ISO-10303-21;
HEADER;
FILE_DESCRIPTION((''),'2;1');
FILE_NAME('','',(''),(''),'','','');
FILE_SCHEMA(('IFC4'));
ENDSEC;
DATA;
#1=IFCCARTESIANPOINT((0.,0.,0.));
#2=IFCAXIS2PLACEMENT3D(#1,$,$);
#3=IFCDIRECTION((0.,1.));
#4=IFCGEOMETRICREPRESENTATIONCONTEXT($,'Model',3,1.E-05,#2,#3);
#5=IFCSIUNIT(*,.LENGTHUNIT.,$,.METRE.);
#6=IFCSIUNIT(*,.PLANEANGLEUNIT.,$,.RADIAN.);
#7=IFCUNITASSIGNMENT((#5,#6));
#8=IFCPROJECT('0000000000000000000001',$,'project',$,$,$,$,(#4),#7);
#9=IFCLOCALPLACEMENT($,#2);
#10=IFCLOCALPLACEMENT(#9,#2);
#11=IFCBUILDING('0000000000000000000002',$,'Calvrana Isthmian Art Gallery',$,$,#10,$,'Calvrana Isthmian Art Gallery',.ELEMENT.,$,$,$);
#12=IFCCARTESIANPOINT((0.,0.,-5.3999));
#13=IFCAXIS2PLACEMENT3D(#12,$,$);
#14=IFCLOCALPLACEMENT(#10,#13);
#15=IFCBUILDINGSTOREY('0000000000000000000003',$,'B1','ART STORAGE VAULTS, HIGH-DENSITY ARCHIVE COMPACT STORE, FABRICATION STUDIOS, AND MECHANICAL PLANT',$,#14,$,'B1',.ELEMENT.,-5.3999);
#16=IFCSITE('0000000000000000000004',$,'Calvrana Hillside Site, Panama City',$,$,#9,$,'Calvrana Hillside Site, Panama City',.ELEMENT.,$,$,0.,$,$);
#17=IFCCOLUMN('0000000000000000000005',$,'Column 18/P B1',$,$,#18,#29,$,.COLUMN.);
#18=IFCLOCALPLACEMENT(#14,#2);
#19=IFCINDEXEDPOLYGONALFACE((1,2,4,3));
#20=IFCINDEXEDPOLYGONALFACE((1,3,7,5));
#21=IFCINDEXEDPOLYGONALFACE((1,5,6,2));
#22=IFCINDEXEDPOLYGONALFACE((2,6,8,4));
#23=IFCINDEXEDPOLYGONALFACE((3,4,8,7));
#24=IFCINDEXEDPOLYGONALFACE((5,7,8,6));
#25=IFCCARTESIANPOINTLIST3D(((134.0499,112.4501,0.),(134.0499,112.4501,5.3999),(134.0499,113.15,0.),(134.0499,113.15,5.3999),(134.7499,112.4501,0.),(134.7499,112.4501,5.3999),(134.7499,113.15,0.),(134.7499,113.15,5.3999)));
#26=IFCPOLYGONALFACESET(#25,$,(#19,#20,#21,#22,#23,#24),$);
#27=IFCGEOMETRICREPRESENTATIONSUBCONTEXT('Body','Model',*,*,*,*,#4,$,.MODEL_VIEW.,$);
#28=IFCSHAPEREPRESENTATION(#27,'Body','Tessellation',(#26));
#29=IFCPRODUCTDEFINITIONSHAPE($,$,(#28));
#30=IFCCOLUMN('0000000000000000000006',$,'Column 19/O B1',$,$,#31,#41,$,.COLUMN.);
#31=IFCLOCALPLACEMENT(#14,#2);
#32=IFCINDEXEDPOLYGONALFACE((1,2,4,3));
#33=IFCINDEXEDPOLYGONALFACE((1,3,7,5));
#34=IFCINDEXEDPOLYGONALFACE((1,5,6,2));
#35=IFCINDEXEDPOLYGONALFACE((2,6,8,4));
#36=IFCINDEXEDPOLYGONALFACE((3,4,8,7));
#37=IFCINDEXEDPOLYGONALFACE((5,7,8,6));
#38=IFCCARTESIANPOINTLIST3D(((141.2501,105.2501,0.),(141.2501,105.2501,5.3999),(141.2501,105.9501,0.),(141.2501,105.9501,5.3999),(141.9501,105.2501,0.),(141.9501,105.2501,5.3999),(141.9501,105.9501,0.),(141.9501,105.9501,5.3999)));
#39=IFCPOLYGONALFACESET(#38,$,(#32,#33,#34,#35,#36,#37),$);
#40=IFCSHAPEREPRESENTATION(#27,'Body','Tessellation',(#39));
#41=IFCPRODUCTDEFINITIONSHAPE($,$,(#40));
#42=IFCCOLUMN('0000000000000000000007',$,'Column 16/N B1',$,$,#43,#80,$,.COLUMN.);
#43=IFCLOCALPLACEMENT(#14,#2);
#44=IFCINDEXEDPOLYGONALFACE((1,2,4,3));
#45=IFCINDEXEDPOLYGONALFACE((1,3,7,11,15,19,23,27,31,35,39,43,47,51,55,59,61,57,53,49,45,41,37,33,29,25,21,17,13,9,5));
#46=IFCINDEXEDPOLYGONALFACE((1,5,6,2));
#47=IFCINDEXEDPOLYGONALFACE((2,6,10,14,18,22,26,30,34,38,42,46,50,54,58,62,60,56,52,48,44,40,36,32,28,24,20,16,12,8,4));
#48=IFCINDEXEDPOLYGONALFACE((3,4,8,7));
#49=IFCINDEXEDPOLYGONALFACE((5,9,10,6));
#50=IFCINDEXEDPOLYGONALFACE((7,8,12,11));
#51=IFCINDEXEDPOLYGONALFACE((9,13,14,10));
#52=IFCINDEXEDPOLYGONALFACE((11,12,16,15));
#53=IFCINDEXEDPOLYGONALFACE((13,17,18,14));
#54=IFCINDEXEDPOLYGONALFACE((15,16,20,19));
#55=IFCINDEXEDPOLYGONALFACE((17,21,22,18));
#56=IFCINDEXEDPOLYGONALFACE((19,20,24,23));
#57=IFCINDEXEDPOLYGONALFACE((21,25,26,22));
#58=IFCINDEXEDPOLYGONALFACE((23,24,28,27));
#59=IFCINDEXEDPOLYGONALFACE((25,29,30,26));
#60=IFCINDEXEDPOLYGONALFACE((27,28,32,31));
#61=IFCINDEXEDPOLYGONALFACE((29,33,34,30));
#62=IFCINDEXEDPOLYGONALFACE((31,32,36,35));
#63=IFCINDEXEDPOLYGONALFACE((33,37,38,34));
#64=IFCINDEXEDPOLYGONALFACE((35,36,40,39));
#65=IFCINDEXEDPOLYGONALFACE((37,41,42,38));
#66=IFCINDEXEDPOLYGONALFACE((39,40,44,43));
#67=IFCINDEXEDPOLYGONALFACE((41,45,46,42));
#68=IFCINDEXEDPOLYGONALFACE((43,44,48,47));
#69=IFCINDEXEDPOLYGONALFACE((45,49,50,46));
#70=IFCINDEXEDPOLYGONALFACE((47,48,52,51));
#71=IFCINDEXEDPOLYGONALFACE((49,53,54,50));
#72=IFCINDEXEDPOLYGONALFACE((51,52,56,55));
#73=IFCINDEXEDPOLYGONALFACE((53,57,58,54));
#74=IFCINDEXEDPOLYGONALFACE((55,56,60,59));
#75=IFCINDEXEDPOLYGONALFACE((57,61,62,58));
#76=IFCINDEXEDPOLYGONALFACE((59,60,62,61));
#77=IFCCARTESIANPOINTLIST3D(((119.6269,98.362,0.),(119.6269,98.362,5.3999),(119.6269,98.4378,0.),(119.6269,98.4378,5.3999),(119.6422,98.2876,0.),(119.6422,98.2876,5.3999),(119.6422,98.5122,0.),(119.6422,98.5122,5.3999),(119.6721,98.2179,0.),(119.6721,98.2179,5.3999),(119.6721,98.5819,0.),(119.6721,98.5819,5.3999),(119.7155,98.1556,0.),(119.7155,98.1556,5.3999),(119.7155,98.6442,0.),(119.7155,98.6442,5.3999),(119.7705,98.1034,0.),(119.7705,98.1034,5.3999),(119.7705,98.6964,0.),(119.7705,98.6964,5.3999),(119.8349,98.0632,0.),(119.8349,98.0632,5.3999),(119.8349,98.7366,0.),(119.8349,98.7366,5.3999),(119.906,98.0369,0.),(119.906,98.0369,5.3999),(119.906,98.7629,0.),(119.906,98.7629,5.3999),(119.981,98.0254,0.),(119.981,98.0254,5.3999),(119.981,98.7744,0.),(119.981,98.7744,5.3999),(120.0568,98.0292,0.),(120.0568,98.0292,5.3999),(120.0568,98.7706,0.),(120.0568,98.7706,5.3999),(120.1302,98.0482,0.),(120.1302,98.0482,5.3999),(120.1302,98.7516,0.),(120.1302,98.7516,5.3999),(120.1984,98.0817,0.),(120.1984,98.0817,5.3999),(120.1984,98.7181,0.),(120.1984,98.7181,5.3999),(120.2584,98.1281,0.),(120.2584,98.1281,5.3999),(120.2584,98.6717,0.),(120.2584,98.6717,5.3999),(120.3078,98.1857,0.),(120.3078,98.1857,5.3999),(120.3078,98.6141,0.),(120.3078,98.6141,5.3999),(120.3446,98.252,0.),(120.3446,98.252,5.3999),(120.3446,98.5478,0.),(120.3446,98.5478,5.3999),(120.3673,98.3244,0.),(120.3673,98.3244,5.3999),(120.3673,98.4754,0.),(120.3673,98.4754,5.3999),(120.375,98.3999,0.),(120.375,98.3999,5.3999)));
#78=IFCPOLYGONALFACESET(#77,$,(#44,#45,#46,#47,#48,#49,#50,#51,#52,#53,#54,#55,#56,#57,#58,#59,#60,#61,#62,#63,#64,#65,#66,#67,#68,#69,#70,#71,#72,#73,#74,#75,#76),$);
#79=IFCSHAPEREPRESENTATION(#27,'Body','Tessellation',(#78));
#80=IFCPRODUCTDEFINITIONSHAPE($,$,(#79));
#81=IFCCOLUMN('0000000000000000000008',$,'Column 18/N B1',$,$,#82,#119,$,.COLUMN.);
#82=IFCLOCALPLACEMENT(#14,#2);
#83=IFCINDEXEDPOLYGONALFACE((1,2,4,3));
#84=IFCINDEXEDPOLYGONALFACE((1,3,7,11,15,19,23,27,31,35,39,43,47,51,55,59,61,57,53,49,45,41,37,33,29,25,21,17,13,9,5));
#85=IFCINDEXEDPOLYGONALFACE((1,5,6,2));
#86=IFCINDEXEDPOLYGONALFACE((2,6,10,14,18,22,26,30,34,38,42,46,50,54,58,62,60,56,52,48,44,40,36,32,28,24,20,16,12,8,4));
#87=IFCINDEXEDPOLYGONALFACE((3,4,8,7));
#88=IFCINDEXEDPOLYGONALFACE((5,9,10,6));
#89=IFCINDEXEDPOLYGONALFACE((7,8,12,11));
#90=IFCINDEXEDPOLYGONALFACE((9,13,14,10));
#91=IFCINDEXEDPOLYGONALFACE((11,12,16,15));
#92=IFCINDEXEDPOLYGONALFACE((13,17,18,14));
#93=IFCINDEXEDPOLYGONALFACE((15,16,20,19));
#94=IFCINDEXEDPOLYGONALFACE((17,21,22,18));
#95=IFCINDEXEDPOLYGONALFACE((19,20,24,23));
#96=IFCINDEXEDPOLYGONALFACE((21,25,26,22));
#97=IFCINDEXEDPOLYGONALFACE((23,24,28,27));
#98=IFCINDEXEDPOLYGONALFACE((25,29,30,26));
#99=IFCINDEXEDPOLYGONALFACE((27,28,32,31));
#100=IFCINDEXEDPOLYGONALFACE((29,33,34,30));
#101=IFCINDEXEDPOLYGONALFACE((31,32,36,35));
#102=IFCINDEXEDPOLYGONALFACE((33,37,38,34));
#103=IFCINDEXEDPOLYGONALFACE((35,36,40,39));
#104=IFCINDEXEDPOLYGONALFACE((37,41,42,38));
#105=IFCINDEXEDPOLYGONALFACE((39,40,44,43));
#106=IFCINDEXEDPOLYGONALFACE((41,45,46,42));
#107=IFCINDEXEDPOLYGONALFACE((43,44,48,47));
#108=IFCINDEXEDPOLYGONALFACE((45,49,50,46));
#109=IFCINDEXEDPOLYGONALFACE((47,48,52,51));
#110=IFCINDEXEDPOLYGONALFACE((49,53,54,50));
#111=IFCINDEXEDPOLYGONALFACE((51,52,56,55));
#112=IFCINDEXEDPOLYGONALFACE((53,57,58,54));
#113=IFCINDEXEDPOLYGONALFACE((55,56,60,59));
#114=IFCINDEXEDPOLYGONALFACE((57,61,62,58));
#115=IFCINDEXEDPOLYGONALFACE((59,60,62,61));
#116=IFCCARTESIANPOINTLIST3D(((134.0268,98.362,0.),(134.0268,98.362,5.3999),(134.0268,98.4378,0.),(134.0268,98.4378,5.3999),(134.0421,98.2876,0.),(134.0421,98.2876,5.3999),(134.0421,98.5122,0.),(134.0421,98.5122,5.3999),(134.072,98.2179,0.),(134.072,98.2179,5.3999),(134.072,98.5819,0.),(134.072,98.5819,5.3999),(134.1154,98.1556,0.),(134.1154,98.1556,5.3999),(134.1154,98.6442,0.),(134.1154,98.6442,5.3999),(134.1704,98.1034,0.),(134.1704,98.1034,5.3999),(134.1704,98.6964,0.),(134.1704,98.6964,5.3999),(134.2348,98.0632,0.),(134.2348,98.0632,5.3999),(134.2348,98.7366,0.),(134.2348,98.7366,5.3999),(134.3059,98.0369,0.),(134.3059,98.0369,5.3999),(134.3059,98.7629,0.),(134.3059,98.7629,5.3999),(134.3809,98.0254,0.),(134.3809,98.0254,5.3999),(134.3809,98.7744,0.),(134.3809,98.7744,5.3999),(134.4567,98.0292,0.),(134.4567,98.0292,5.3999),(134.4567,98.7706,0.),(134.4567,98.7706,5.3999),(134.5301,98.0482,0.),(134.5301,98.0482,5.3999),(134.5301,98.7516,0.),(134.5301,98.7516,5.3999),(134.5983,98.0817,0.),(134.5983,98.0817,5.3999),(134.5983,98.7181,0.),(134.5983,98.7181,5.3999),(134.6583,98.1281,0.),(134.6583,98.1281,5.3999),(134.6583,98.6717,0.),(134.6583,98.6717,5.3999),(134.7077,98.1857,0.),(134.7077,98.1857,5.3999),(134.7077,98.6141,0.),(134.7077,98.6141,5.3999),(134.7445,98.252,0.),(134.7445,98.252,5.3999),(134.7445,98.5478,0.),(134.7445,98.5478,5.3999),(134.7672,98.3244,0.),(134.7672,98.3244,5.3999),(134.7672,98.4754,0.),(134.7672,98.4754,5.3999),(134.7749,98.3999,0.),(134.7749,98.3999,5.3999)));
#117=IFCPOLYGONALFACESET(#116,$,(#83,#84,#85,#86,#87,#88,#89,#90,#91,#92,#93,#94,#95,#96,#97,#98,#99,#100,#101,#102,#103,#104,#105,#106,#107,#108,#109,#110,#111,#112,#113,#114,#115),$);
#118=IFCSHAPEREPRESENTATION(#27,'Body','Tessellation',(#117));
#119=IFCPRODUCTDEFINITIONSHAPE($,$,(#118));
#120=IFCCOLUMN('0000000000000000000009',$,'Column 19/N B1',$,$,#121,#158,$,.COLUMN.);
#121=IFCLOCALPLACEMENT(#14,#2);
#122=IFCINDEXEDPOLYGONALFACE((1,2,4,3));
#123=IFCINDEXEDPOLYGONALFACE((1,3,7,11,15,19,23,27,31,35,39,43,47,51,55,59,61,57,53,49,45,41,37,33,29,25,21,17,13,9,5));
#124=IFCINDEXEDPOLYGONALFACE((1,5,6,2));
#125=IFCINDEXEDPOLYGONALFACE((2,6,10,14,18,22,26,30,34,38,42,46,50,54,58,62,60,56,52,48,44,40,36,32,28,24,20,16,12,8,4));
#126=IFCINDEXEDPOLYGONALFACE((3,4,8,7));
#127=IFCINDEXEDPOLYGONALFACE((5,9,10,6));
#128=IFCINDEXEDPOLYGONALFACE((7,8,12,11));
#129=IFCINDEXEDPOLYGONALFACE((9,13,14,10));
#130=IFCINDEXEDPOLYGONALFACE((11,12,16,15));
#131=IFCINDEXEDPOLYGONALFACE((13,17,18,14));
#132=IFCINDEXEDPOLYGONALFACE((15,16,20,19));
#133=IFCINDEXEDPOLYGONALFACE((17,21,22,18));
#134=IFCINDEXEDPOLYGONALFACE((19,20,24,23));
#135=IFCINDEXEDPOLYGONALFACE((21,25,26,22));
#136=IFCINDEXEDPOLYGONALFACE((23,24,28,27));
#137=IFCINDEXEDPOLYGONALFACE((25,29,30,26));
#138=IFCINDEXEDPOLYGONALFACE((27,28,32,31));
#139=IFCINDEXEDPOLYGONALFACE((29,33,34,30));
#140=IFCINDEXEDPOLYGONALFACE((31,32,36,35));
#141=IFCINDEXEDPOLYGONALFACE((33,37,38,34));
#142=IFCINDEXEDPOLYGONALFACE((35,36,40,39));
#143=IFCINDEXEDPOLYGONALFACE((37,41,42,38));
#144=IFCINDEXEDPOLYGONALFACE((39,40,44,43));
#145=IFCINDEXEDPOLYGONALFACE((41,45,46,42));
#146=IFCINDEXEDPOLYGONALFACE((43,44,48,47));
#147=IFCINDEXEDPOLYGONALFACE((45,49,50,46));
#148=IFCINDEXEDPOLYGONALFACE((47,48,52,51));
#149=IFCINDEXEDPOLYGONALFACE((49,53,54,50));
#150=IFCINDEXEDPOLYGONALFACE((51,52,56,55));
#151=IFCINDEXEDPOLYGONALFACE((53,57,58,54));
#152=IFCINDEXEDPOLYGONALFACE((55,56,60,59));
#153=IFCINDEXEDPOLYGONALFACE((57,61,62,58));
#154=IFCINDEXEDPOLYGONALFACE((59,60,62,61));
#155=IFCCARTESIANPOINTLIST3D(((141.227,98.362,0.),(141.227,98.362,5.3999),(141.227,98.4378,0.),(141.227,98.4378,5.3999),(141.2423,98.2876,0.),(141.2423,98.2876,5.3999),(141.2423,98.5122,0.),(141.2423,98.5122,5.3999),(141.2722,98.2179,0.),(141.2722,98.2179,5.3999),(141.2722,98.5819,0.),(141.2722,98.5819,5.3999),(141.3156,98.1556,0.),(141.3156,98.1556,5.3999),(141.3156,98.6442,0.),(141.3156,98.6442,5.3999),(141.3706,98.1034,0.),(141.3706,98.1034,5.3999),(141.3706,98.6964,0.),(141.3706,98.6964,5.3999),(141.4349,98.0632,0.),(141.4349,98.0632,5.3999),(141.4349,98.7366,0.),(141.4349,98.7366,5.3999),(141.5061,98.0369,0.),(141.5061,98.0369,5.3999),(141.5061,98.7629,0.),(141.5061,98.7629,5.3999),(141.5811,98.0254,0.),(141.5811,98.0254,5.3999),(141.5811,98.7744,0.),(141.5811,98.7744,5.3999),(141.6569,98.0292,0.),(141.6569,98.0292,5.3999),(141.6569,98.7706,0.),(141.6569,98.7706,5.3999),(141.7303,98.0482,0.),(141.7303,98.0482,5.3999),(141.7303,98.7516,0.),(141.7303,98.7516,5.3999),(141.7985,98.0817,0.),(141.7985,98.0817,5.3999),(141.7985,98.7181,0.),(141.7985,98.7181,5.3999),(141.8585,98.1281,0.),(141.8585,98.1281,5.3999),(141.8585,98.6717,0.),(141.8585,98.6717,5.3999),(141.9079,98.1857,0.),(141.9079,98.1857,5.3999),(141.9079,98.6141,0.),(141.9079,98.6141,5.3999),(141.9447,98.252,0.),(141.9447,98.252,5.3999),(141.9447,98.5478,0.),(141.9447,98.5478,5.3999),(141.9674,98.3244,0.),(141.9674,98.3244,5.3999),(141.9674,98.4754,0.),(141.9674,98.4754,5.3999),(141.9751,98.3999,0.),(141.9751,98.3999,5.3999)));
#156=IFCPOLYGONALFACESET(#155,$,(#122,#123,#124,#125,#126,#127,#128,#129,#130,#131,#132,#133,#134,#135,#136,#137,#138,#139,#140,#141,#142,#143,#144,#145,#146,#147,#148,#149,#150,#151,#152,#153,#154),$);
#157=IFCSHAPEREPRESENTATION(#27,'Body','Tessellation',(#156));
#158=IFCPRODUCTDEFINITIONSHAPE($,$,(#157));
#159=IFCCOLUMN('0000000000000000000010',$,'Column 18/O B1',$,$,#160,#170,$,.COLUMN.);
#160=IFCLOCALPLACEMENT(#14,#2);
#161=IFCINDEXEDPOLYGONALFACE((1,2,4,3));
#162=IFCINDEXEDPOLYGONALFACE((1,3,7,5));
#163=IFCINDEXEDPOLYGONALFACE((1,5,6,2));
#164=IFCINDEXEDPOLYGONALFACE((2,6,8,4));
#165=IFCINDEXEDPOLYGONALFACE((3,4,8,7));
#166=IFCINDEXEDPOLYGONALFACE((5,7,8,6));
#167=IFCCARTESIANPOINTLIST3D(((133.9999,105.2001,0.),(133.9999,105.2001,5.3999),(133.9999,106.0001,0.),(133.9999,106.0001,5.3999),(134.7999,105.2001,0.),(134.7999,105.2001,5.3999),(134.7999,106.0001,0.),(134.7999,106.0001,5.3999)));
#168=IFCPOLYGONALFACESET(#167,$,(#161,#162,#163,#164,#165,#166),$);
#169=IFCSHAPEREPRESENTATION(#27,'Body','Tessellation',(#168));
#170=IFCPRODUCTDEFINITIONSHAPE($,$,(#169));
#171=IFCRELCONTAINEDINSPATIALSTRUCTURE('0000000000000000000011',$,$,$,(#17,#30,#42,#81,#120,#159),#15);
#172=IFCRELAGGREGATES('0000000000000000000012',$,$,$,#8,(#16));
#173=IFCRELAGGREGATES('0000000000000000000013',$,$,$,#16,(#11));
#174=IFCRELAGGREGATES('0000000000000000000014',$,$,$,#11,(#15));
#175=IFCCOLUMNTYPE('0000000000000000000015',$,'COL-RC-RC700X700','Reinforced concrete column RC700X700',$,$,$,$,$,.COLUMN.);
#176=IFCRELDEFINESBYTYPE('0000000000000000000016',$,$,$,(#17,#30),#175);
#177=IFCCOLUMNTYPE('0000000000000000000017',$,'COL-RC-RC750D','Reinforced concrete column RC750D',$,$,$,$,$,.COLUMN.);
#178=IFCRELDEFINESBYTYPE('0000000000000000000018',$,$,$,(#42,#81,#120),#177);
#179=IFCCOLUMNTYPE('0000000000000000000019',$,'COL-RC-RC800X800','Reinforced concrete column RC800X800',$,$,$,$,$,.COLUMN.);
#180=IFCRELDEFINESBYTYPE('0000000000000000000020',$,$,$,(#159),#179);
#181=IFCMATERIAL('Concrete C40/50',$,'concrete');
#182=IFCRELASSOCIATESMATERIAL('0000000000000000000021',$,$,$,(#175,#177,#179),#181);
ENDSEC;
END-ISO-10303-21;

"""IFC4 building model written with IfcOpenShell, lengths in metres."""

from ifc_helpers import new_model, si_unit, direction, frame, origin, origin_2d, place, context, subcontext, project, spatial, rectangle, circle, extrude, material, material_profile, profile_set, type_object, element, save


model = new_model("IFC4")

# Units and contexts
model_context = context("Model", 3, precision=1e-05, world=origin(), true_north=direction((0.0, 1.0)))
body_context = subcontext(model_context, "Body", "Model", "MODEL_VIEW")
ifc_project = project(units=[si_unit("LENGTHUNIT", "METRE"), si_unit("PLANEANGLEUNIT", "RADIAN")], contexts=[model_context])

# Site, building, storey
site_placement = place(None, origin())
site = spatial("IfcSite", under=ifc_project, at=site_placement, Name="Calvrana Hillside Site, Panama City", LongName="Calvrana Hillside Site, Panama City", CompositionType="ELEMENT", RefElevation=0.0)
building_placement = place(site_placement, origin())
building = spatial("IfcBuilding", under=site, at=building_placement, Name="Calvrana Isthmian Art Gallery", LongName="Calvrana Isthmian Art Gallery", CompositionType="ELEMENT")
storey_placement = place(building_placement, frame((0.0, 0.0, -5.3999)))
storey = spatial("IfcBuildingStorey", under=building, at=storey_placement, Name="B1", Description="ART STORAGE VAULTS, HIGH-DENSITY ARCHIVE COMPACT STORE, FABRICATION STUDIOS, AND MECHANICAL PLANT", LongName="B1", CompositionType="ELEMENT", Elevation=-5.3999)

# Columns
ifc_material_1 = material(Name="Concrete C40/50", Category="concrete")
ifc_material_profile_1 = material_profile(ifc_material_1, rectangle(XDim=0.7, YDim=0.7, at=origin_2d()), Name="RC700X700")
ifc_profile_set_1 = profile_set([ifc_material_profile_1], Name="Concrete C40/50")
column_type_1 = type_object("IfcColumnType", Name="COL-RC-RC700X700", Description="Reinforced concrete column RC700X700", PredefinedType="COLUMN", material=ifc_profile_set_1)
for number, where, z_axis, x_axis, name in (
    (1, (134.3999, 112.8, 0.0), (0.0, 0.0, 1.0), (1.0, 0.0, 0.0), "Column 18/P B1"),
    (2, (141.6001, 105.6001, 0.0), (0.0, 0.0, 1.0), (1.0, 0.0, 0.0), "Column 19/O B1"),
):
    element("IfcColumn", number, at=place(storey_placement, frame(where, z_axis=z_axis, x_axis=x_axis)), inside=storey, type_object=column_type_1, Name=name, PredefinedType="COLUMN", context=body_context, shape_type="SweptSolid", body=[
        extrude(rectangle(XDim=0.7, YDim=0.7, at=origin_2d()), origin(), (0.0, 0.0, 1.0), 5.3999),
    ])
ifc_material_profile_2 = material_profile(ifc_material_1, circle(Radius=0.375, at=origin_2d()), Name="RC750D")
ifc_profile_set_2 = profile_set([ifc_material_profile_2], Name="Concrete C40/50")
column_type_2 = type_object("IfcColumnType", Name="COL-RC-RC750D", Description="Reinforced concrete column RC750D", PredefinedType="COLUMN", material=ifc_profile_set_2)
for number, where, z_axis, x_axis, name in (
    (3, (120.0, 98.3999, 0.0), (0.0, 0.0, 1.0), (1.0, 0.0, 0.0), "Column 16/N B1"),
    (4, (134.3999, 98.3999, 0.0), (0.0, 0.0, 1.0), (1.0, 0.0, 0.0), "Column 18/N B1"),
    (5, (141.6001, 98.3999, 0.0), (0.0, 0.0, 1.0), (1.0, 0.0, 0.0), "Column 19/N B1"),
):
    element("IfcColumn", number, at=place(storey_placement, frame(where, z_axis=z_axis, x_axis=x_axis)), inside=storey, type_object=column_type_2, Name=name, PredefinedType="COLUMN", context=body_context, shape_type="SweptSolid", body=[
        extrude(circle(Radius=0.375, at=origin_2d()), origin(), (0.0, 0.0, 1.0), 5.3999),
    ])
ifc_material_profile_3 = material_profile(ifc_material_1, rectangle(XDim=0.8, YDim=0.8, at=origin_2d()), Name="RC800X800")
ifc_profile_set_3 = profile_set([ifc_material_profile_3], Name="Concrete C40/50")
column_type_3 = type_object("IfcColumnType", Name="COL-RC-RC800X800", Description="Reinforced concrete column RC800X800", PredefinedType="COLUMN", material=ifc_profile_set_3)
column_1_placement = place(storey_placement, frame((134.3999, 105.6001, 0.0), z_axis=(0.0, 0.0, 1.0), x_axis=(1.0, 0.0, 0.0)))
element("IfcColumn", 6, at=column_1_placement, inside=storey, type_object=column_type_3, Name="Column 18/O B1", PredefinedType="COLUMN", context=body_context, shape_type="SweptSolid", body=[
    extrude(rectangle(XDim=0.8, YDim=0.8, at=origin_2d()), origin(), (0.0, 0.0, 1.0), 5.3999),
])

save(model, "model.ifc")
